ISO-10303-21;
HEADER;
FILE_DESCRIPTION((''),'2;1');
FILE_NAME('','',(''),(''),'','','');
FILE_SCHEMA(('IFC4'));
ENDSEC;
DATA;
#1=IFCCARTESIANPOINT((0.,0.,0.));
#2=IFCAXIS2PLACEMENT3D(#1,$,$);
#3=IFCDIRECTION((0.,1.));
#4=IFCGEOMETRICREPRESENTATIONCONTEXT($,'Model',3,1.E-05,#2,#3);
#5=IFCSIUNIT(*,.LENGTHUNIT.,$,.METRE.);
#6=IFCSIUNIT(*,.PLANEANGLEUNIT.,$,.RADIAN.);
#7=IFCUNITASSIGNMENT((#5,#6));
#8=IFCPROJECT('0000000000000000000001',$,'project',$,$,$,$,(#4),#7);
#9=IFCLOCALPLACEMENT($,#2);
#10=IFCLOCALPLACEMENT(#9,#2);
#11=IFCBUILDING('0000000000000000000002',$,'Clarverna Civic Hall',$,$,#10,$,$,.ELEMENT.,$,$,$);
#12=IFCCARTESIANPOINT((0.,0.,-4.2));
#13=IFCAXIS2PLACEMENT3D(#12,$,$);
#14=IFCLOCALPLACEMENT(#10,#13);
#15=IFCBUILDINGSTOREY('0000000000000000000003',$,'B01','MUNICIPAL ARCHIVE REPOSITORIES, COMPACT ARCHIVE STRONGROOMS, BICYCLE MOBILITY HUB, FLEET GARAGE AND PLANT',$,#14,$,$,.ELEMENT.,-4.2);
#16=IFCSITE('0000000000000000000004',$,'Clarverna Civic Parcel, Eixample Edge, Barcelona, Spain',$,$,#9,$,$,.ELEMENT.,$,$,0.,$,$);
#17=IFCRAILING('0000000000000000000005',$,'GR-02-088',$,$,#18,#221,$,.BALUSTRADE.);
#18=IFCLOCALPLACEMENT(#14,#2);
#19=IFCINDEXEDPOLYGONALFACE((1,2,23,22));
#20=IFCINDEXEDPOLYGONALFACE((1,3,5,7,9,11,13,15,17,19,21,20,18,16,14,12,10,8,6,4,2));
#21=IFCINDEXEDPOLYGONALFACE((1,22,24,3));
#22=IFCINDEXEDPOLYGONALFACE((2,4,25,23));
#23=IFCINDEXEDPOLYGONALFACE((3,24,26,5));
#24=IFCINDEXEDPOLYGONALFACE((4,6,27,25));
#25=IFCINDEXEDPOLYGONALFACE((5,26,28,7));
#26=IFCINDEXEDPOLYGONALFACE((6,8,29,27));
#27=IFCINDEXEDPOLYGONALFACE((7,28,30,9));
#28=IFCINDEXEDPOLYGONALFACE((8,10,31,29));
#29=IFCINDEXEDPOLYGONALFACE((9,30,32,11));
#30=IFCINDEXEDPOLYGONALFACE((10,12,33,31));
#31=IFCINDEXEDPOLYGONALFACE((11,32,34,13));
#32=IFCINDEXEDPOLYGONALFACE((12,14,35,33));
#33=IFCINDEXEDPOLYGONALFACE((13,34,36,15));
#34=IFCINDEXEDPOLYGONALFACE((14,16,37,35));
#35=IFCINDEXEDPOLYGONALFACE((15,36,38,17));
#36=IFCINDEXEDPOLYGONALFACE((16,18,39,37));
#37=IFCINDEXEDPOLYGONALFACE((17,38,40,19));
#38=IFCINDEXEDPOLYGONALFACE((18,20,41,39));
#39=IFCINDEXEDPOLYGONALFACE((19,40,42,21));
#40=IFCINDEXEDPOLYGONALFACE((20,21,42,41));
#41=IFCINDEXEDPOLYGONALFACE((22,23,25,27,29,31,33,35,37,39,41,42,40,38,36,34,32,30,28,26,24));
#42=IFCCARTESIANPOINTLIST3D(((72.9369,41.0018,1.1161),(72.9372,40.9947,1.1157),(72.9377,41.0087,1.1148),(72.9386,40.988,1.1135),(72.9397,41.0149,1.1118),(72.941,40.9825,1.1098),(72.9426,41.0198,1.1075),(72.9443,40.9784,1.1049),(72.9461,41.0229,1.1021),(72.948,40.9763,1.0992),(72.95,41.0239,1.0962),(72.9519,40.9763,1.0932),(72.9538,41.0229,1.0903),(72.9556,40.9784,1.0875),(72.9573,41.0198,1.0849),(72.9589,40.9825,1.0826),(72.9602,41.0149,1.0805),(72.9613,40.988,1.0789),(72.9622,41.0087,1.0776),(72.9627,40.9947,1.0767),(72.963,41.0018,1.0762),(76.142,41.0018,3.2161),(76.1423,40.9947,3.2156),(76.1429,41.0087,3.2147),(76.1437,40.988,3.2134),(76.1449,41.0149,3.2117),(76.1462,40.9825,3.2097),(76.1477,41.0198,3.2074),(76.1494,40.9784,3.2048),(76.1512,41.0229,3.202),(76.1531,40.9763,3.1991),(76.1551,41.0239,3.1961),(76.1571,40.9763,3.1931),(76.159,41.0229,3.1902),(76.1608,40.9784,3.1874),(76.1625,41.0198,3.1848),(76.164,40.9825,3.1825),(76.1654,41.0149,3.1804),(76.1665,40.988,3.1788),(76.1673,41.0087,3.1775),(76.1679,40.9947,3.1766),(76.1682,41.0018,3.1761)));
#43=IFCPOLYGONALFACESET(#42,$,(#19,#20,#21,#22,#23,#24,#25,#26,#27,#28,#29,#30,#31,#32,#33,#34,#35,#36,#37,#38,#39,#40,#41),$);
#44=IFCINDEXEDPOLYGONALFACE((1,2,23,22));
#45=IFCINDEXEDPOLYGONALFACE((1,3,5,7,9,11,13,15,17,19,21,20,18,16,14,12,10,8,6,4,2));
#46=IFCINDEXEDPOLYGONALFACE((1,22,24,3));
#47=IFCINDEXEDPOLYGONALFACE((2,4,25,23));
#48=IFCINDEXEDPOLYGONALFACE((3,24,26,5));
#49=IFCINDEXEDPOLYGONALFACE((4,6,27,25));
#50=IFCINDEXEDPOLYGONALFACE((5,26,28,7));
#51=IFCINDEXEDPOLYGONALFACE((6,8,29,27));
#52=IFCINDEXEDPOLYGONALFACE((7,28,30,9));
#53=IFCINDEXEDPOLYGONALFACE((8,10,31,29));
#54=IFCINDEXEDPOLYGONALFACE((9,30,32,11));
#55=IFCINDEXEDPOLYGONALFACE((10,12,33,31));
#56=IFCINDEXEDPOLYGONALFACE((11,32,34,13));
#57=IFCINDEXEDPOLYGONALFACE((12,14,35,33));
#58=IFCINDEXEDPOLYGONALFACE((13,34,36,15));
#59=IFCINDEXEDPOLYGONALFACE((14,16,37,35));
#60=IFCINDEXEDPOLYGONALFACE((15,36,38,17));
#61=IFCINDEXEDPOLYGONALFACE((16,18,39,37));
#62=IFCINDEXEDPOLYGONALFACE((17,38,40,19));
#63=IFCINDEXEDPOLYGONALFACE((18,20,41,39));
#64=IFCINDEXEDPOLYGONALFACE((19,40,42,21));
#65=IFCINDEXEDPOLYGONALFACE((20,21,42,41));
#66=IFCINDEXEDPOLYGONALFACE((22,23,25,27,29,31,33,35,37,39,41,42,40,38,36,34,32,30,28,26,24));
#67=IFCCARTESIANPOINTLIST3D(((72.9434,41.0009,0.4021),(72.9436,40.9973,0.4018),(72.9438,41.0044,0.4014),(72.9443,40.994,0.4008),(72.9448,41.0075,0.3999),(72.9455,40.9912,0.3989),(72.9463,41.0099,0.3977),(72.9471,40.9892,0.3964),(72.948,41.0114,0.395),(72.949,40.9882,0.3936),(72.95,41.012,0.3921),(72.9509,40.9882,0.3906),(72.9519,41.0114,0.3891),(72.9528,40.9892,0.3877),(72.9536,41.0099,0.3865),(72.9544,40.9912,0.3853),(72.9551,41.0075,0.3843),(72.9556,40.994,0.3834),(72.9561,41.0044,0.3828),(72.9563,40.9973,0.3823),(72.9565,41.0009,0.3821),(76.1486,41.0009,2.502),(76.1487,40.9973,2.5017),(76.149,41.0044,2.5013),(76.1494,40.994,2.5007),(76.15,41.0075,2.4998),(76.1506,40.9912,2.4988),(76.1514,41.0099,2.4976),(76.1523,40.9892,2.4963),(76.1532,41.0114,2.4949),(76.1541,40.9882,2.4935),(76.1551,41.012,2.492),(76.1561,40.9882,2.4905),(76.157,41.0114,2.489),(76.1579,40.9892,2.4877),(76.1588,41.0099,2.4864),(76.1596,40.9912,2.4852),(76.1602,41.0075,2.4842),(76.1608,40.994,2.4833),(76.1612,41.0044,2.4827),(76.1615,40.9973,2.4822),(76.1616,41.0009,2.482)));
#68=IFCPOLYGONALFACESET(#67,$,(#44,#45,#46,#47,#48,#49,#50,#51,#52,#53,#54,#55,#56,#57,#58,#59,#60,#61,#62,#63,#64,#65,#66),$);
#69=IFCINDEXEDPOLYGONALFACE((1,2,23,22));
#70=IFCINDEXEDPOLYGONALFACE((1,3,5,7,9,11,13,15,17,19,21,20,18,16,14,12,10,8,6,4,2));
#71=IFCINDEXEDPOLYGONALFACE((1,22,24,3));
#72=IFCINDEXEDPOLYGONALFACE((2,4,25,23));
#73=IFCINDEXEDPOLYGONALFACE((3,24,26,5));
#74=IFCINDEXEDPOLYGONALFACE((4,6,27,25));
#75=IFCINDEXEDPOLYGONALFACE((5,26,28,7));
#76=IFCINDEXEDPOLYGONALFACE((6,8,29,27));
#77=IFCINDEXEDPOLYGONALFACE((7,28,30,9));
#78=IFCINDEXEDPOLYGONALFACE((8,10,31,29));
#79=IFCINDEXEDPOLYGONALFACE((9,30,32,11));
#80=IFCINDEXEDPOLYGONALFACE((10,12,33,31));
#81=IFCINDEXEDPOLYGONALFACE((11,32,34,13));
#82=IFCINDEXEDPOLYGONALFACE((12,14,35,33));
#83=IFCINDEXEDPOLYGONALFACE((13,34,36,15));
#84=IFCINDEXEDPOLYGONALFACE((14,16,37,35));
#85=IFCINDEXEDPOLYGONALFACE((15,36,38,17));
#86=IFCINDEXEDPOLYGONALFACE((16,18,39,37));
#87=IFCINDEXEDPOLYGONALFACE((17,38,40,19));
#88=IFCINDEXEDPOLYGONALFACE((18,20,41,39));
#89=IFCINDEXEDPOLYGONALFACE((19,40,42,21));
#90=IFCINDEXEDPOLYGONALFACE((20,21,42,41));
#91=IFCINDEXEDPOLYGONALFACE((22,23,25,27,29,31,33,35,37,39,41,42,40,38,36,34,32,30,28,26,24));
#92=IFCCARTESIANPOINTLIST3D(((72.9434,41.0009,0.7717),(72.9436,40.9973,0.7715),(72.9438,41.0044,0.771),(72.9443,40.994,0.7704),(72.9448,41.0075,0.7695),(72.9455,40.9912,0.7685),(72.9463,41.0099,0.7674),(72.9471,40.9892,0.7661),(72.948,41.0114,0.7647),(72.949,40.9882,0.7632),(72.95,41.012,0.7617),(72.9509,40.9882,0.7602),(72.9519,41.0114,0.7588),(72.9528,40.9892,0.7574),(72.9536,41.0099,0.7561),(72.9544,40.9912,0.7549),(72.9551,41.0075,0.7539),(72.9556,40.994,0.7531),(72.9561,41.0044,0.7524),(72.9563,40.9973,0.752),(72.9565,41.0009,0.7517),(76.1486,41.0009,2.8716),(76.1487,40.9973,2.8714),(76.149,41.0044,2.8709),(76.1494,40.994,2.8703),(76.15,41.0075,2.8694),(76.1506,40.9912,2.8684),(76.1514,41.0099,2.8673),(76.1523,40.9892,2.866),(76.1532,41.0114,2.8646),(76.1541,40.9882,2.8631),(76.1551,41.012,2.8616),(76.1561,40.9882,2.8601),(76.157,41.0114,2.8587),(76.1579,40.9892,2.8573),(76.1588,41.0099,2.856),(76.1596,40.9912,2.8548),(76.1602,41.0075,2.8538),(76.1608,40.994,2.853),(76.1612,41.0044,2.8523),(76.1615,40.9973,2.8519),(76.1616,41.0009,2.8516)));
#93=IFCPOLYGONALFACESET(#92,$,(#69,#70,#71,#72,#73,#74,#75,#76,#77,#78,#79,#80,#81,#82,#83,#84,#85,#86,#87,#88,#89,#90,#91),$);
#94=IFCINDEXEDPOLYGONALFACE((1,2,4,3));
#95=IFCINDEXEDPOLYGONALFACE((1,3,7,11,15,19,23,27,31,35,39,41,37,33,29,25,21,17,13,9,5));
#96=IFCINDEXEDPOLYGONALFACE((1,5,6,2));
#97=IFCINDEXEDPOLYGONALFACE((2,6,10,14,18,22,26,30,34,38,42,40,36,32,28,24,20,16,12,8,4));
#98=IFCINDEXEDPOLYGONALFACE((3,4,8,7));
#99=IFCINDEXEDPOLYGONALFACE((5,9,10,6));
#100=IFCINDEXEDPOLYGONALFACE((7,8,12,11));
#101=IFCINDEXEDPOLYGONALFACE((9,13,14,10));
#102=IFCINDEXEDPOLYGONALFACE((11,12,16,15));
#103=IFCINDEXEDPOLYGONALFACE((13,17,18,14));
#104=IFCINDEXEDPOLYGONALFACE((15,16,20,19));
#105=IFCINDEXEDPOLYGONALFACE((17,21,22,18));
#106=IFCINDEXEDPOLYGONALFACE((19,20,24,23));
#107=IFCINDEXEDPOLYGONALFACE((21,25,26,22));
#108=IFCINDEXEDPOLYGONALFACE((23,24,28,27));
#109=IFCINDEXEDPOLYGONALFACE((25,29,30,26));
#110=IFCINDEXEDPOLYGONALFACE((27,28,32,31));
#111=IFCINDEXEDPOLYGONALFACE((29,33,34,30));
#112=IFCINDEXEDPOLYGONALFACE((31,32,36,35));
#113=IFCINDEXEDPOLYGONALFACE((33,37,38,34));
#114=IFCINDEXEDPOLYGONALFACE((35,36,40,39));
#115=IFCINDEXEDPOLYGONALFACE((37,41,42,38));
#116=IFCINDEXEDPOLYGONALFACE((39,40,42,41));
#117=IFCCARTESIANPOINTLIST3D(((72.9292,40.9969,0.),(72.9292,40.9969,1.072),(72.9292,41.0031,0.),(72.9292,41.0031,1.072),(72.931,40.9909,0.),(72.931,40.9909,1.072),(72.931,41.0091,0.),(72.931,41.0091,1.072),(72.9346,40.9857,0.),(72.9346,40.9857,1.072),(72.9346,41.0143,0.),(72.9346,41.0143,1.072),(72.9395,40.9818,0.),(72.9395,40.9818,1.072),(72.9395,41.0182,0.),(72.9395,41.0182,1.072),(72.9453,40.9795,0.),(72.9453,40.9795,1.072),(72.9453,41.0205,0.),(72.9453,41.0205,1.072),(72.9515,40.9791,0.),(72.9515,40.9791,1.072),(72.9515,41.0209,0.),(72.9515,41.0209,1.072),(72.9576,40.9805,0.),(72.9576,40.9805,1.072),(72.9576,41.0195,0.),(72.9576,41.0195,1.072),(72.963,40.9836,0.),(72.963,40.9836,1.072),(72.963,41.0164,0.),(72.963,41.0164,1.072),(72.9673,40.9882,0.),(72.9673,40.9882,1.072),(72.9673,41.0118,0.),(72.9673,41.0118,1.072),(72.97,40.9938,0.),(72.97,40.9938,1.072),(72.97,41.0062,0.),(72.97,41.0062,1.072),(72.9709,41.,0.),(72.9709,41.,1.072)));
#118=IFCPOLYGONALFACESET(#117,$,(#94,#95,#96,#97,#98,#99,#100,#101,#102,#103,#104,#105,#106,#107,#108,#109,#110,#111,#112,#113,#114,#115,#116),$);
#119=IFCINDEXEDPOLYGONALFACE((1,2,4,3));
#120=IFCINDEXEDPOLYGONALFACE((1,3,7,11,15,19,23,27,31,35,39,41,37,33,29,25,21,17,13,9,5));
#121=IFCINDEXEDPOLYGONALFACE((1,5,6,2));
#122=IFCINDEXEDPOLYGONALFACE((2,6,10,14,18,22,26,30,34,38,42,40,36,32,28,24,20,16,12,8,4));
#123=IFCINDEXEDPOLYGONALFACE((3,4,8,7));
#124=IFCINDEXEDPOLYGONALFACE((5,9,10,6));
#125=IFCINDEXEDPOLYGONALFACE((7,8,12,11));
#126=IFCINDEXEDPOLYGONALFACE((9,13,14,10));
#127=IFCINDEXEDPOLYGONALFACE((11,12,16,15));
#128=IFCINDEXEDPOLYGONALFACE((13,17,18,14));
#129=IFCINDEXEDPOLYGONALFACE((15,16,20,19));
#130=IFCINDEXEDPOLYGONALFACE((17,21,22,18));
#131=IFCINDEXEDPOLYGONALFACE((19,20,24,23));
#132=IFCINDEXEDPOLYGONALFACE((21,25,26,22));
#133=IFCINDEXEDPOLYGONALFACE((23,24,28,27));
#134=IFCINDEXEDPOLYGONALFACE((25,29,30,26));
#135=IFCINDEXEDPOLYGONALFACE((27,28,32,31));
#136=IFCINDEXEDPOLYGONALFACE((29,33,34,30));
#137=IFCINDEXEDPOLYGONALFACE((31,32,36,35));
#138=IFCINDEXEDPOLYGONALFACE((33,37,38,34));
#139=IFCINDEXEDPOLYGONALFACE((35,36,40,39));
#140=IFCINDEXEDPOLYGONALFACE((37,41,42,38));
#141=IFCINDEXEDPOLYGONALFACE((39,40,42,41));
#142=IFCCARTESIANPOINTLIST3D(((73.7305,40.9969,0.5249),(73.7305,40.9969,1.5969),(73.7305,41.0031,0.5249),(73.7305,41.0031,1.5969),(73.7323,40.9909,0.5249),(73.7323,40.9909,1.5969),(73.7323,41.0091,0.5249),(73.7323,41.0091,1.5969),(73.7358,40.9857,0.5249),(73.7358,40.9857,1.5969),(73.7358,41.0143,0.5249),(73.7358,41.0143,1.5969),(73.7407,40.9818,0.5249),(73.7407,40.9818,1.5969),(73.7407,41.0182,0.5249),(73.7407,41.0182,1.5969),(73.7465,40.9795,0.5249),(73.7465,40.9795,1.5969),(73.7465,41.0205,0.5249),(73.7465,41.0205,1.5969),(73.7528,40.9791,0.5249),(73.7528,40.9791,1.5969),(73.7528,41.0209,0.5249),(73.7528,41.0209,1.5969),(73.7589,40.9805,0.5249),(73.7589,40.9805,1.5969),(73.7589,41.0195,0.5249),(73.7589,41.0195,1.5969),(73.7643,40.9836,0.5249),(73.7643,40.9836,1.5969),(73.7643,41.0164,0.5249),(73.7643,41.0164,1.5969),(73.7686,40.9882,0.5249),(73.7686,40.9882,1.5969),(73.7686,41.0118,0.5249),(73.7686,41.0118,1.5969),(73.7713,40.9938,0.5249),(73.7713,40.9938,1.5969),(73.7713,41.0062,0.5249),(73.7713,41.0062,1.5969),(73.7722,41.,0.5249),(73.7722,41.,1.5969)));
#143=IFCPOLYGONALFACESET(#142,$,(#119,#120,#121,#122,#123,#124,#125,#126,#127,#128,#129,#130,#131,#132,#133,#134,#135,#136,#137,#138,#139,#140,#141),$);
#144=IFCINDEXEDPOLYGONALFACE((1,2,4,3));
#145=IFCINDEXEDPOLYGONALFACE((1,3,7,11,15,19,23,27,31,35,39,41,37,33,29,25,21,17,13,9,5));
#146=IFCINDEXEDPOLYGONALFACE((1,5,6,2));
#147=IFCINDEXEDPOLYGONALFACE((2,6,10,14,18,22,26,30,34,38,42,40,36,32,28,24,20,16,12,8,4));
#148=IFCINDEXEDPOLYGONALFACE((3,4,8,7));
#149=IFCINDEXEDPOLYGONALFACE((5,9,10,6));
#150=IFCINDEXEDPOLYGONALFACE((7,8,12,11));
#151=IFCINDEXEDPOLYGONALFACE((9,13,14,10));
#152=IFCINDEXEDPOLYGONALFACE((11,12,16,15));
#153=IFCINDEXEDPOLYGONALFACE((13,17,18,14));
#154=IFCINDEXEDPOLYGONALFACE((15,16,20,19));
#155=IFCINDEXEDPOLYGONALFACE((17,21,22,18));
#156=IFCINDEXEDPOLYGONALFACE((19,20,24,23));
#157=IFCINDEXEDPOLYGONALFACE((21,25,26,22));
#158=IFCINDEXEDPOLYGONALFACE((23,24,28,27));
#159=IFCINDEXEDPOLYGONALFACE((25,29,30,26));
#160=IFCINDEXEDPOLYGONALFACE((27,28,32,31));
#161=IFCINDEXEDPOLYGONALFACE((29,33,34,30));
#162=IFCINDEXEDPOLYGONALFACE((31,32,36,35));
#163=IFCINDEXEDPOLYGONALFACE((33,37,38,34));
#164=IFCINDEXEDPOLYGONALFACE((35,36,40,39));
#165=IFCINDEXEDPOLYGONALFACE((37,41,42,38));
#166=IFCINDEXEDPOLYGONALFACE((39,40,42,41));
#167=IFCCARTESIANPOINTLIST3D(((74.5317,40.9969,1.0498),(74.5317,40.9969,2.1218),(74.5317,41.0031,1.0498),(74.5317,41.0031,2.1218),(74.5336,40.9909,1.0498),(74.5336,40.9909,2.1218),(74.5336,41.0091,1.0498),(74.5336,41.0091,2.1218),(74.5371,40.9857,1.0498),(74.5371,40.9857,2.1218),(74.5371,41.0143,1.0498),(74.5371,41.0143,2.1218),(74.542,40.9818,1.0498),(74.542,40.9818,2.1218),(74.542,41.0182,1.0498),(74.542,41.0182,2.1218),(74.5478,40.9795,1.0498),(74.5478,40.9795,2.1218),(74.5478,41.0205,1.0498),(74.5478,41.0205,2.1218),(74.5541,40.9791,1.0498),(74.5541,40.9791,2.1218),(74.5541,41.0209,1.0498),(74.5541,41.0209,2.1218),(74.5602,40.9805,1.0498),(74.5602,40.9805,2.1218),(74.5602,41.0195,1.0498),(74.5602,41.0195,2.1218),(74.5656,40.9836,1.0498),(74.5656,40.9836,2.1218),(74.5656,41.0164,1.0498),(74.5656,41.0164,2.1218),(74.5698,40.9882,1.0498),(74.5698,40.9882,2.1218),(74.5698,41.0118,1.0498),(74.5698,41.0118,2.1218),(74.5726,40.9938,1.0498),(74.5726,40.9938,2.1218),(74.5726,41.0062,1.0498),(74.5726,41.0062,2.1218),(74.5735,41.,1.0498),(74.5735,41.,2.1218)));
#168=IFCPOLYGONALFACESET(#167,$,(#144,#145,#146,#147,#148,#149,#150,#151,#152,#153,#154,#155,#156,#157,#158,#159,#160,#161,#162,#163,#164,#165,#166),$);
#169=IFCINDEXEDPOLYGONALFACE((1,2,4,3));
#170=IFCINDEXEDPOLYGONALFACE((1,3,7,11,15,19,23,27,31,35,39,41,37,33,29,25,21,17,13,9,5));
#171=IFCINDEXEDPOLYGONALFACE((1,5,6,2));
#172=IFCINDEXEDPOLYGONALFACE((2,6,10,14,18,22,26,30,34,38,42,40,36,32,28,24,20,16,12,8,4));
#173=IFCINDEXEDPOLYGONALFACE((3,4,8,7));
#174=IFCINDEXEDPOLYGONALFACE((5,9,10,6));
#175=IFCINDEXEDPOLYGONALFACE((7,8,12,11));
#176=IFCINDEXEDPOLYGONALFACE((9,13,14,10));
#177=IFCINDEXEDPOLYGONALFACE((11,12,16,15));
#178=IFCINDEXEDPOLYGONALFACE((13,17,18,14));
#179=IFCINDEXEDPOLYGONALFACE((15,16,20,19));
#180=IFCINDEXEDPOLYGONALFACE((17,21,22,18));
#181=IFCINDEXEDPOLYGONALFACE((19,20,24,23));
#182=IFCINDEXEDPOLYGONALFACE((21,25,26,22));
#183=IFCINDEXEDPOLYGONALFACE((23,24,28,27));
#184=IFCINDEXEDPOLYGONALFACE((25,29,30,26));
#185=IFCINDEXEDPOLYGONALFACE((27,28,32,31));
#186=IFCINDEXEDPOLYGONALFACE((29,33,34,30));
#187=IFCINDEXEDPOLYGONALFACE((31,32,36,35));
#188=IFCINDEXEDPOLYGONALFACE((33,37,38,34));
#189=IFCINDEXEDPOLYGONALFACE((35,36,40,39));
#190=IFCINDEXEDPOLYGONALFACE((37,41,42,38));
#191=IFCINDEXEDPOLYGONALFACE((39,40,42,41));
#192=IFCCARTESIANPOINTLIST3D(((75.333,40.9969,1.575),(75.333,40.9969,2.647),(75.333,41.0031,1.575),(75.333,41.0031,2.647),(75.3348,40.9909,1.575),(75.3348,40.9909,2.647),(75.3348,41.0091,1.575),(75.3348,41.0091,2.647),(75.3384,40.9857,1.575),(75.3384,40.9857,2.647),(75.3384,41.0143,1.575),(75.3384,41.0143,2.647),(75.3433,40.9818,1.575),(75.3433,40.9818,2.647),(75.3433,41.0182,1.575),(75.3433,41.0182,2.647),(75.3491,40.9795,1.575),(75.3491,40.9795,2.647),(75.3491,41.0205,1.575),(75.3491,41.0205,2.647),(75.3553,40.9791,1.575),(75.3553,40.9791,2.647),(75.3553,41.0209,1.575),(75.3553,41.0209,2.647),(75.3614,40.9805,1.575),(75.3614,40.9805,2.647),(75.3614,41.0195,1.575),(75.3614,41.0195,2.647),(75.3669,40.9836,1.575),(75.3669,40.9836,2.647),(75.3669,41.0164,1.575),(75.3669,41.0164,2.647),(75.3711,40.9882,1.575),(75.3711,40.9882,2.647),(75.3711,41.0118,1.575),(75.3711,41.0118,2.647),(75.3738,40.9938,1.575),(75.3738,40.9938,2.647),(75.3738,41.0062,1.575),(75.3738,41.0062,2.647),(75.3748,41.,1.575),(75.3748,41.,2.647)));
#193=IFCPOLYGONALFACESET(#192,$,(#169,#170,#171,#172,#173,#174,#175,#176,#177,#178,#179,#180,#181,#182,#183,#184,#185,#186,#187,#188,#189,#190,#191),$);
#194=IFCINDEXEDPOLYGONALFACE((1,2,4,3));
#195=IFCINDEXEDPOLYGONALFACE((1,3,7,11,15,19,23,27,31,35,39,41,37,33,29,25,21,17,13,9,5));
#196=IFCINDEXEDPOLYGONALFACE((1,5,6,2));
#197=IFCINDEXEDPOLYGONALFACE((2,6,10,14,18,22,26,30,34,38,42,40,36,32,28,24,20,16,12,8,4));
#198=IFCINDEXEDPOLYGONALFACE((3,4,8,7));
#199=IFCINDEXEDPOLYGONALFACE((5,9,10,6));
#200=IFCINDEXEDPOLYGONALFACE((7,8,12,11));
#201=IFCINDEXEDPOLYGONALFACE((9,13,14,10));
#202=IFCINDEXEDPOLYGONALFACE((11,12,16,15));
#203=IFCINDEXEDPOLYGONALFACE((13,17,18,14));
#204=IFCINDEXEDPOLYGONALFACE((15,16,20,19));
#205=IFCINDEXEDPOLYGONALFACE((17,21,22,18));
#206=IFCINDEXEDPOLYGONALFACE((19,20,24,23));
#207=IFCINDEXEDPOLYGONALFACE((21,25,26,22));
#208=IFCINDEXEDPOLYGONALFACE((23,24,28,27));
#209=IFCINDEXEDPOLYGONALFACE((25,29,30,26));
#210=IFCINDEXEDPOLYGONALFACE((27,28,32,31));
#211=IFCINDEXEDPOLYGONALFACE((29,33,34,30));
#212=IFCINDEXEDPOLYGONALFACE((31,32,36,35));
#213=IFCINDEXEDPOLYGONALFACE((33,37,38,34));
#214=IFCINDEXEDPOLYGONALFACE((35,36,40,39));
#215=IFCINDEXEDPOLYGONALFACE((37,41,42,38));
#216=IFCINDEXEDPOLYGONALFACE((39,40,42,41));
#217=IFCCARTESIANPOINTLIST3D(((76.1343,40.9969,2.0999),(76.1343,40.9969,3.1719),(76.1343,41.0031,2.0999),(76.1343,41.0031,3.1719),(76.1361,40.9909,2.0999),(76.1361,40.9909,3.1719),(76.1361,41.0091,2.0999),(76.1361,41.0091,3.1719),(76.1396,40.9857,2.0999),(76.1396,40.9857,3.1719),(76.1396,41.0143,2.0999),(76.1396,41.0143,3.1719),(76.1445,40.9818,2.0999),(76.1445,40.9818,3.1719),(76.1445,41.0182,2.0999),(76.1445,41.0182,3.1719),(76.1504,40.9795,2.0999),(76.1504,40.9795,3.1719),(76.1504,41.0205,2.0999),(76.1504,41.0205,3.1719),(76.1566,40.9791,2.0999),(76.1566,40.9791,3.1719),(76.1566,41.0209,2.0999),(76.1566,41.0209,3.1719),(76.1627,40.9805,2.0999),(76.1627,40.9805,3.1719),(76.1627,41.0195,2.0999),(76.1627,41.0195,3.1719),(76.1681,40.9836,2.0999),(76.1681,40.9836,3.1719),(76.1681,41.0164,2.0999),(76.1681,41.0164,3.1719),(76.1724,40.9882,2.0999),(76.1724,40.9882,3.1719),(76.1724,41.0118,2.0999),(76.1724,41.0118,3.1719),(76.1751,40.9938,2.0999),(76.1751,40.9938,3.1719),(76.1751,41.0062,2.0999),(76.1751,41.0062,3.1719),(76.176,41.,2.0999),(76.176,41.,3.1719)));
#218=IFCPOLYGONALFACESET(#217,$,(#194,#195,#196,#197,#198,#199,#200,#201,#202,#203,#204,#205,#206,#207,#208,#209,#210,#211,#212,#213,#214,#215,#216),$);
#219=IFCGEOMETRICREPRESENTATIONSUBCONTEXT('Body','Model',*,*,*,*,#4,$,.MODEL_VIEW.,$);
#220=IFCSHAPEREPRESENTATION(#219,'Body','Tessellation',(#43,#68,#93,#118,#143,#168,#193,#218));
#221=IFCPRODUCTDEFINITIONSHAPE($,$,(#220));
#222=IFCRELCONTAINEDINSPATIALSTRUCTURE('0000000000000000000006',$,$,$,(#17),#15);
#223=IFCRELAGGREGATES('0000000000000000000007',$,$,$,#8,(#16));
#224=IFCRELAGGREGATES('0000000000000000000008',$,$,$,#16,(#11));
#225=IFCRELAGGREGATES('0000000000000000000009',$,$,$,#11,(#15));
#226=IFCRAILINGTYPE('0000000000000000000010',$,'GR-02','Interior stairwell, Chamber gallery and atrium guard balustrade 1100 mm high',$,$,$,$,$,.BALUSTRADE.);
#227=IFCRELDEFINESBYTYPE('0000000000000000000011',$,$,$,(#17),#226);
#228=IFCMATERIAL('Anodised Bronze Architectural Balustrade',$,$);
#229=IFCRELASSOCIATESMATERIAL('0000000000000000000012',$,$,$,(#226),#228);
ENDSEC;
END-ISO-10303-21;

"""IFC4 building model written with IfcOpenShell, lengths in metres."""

from ifc_helpers import new_model, si_unit, direction, frame, origin, origin_2d, place, context, subcontext, project, spatial, circle, extrude, material, type_object, element, save


model = new_model("IFC4")

# Units and contexts
model_context = context("Model", 3, precision=1e-05, world=origin(), true_north=direction((0.0, 1.0)))
body_context = subcontext(model_context, "Body", "Model", "MODEL_VIEW")
ifc_project = project(units=[si_unit("LENGTHUNIT", "METRE"), si_unit("PLANEANGLEUNIT", "RADIAN")], contexts=[model_context])

# Site, building, storey
site_placement = place(None, origin())
site = spatial("IfcSite", under=ifc_project, at=site_placement, Name="Clarverna Civic Parcel, Eixample Edge, Barcelona, Spain", CompositionType="ELEMENT", RefElevation=0.0)
building_placement = place(site_placement, origin())
building = spatial("IfcBuilding", under=site, at=building_placement, Name="Clarverna Civic Hall", CompositionType="ELEMENT")
storey_placement = place(building_placement, frame((0.0, 0.0, -4.2)))
storey = spatial("IfcBuildingStorey", under=building, at=storey_placement, Name="B01", Description="MUNICIPAL ARCHIVE REPOSITORIES, COMPACT ARCHIVE STRONGROOMS, BICYCLE MOBILITY HUB, FLEET GARAGE AND PLANT", CompositionType="ELEMENT", Elevation=-4.2)

# Railing
ifc_material_1 = material(Name="Anodised Bronze Architectural Balustrade")
railing_type_1 = type_object("IfcRailingType", Name="GR-02", Description="Interior stairwell, Chamber gallery and atrium guard balustrade 1100 mm high", PredefinedType="BALUSTRADE", material=ifc_material_1)
railing_1_placement = place(storey_placement, frame((72.95, 41.0, 0.0)))
element("IfcRailing", 1, at=railing_1_placement, inside=storey, type_object=railing_type_1, Name="GR-02-088", PredefinedType="BALUSTRADE", context=body_context, shape_type="SweptSolid", body=[
    extrude(circle(Radius=0.0239, at=origin_2d()), frame((0.0, 0.0, 1.0962), z_axis=(0.836464, 0.0, 0.548022), x_axis=(0.0, 1.0, 0.0)), (0.0, 0.0, 1.0), 3.8318),
    extrude(circle(Radius=0.012, at=origin_2d()), frame((0.0, 0.0, 0.3921), z_axis=(0.836464, 0.0, 0.548022), x_axis=(0.0, 1.0, 0.0)), (0.0, 0.0, 1.0), 3.8318),
    extrude(circle(Radius=0.012, at=origin_2d()), frame((0.0, 0.0, 0.7617), z_axis=(0.836464, 0.0, 0.548022), x_axis=(0.0, 1.0, 0.0)), (0.0, 0.0, 1.0), 3.8318),
    extrude(circle(Radius=0.021, at=origin_2d()), origin(), (0.0, 0.0, 1.0), 1.072),
    extrude(circle(Radius=0.021, at=origin_2d()), frame((0.8013, 0.0, 0.5249)), (0.0, 0.0, 1.0), 1.072),
    extrude(circle(Radius=0.021, at=origin_2d()), frame((1.6025, 0.0, 1.0498)), (0.0, 0.0, 1.0), 1.072),
    extrude(circle(Radius=0.021, at=origin_2d()), frame((2.4038, 0.0, 1.575)), (0.0, 0.0, 1.0), 1.072),
    extrude(circle(Radius=0.021, at=origin_2d()), frame((3.2051, 0.0, 2.0999)), (0.0, 0.0, 1.0), 1.072),
])

save(model, "model.ifc")
